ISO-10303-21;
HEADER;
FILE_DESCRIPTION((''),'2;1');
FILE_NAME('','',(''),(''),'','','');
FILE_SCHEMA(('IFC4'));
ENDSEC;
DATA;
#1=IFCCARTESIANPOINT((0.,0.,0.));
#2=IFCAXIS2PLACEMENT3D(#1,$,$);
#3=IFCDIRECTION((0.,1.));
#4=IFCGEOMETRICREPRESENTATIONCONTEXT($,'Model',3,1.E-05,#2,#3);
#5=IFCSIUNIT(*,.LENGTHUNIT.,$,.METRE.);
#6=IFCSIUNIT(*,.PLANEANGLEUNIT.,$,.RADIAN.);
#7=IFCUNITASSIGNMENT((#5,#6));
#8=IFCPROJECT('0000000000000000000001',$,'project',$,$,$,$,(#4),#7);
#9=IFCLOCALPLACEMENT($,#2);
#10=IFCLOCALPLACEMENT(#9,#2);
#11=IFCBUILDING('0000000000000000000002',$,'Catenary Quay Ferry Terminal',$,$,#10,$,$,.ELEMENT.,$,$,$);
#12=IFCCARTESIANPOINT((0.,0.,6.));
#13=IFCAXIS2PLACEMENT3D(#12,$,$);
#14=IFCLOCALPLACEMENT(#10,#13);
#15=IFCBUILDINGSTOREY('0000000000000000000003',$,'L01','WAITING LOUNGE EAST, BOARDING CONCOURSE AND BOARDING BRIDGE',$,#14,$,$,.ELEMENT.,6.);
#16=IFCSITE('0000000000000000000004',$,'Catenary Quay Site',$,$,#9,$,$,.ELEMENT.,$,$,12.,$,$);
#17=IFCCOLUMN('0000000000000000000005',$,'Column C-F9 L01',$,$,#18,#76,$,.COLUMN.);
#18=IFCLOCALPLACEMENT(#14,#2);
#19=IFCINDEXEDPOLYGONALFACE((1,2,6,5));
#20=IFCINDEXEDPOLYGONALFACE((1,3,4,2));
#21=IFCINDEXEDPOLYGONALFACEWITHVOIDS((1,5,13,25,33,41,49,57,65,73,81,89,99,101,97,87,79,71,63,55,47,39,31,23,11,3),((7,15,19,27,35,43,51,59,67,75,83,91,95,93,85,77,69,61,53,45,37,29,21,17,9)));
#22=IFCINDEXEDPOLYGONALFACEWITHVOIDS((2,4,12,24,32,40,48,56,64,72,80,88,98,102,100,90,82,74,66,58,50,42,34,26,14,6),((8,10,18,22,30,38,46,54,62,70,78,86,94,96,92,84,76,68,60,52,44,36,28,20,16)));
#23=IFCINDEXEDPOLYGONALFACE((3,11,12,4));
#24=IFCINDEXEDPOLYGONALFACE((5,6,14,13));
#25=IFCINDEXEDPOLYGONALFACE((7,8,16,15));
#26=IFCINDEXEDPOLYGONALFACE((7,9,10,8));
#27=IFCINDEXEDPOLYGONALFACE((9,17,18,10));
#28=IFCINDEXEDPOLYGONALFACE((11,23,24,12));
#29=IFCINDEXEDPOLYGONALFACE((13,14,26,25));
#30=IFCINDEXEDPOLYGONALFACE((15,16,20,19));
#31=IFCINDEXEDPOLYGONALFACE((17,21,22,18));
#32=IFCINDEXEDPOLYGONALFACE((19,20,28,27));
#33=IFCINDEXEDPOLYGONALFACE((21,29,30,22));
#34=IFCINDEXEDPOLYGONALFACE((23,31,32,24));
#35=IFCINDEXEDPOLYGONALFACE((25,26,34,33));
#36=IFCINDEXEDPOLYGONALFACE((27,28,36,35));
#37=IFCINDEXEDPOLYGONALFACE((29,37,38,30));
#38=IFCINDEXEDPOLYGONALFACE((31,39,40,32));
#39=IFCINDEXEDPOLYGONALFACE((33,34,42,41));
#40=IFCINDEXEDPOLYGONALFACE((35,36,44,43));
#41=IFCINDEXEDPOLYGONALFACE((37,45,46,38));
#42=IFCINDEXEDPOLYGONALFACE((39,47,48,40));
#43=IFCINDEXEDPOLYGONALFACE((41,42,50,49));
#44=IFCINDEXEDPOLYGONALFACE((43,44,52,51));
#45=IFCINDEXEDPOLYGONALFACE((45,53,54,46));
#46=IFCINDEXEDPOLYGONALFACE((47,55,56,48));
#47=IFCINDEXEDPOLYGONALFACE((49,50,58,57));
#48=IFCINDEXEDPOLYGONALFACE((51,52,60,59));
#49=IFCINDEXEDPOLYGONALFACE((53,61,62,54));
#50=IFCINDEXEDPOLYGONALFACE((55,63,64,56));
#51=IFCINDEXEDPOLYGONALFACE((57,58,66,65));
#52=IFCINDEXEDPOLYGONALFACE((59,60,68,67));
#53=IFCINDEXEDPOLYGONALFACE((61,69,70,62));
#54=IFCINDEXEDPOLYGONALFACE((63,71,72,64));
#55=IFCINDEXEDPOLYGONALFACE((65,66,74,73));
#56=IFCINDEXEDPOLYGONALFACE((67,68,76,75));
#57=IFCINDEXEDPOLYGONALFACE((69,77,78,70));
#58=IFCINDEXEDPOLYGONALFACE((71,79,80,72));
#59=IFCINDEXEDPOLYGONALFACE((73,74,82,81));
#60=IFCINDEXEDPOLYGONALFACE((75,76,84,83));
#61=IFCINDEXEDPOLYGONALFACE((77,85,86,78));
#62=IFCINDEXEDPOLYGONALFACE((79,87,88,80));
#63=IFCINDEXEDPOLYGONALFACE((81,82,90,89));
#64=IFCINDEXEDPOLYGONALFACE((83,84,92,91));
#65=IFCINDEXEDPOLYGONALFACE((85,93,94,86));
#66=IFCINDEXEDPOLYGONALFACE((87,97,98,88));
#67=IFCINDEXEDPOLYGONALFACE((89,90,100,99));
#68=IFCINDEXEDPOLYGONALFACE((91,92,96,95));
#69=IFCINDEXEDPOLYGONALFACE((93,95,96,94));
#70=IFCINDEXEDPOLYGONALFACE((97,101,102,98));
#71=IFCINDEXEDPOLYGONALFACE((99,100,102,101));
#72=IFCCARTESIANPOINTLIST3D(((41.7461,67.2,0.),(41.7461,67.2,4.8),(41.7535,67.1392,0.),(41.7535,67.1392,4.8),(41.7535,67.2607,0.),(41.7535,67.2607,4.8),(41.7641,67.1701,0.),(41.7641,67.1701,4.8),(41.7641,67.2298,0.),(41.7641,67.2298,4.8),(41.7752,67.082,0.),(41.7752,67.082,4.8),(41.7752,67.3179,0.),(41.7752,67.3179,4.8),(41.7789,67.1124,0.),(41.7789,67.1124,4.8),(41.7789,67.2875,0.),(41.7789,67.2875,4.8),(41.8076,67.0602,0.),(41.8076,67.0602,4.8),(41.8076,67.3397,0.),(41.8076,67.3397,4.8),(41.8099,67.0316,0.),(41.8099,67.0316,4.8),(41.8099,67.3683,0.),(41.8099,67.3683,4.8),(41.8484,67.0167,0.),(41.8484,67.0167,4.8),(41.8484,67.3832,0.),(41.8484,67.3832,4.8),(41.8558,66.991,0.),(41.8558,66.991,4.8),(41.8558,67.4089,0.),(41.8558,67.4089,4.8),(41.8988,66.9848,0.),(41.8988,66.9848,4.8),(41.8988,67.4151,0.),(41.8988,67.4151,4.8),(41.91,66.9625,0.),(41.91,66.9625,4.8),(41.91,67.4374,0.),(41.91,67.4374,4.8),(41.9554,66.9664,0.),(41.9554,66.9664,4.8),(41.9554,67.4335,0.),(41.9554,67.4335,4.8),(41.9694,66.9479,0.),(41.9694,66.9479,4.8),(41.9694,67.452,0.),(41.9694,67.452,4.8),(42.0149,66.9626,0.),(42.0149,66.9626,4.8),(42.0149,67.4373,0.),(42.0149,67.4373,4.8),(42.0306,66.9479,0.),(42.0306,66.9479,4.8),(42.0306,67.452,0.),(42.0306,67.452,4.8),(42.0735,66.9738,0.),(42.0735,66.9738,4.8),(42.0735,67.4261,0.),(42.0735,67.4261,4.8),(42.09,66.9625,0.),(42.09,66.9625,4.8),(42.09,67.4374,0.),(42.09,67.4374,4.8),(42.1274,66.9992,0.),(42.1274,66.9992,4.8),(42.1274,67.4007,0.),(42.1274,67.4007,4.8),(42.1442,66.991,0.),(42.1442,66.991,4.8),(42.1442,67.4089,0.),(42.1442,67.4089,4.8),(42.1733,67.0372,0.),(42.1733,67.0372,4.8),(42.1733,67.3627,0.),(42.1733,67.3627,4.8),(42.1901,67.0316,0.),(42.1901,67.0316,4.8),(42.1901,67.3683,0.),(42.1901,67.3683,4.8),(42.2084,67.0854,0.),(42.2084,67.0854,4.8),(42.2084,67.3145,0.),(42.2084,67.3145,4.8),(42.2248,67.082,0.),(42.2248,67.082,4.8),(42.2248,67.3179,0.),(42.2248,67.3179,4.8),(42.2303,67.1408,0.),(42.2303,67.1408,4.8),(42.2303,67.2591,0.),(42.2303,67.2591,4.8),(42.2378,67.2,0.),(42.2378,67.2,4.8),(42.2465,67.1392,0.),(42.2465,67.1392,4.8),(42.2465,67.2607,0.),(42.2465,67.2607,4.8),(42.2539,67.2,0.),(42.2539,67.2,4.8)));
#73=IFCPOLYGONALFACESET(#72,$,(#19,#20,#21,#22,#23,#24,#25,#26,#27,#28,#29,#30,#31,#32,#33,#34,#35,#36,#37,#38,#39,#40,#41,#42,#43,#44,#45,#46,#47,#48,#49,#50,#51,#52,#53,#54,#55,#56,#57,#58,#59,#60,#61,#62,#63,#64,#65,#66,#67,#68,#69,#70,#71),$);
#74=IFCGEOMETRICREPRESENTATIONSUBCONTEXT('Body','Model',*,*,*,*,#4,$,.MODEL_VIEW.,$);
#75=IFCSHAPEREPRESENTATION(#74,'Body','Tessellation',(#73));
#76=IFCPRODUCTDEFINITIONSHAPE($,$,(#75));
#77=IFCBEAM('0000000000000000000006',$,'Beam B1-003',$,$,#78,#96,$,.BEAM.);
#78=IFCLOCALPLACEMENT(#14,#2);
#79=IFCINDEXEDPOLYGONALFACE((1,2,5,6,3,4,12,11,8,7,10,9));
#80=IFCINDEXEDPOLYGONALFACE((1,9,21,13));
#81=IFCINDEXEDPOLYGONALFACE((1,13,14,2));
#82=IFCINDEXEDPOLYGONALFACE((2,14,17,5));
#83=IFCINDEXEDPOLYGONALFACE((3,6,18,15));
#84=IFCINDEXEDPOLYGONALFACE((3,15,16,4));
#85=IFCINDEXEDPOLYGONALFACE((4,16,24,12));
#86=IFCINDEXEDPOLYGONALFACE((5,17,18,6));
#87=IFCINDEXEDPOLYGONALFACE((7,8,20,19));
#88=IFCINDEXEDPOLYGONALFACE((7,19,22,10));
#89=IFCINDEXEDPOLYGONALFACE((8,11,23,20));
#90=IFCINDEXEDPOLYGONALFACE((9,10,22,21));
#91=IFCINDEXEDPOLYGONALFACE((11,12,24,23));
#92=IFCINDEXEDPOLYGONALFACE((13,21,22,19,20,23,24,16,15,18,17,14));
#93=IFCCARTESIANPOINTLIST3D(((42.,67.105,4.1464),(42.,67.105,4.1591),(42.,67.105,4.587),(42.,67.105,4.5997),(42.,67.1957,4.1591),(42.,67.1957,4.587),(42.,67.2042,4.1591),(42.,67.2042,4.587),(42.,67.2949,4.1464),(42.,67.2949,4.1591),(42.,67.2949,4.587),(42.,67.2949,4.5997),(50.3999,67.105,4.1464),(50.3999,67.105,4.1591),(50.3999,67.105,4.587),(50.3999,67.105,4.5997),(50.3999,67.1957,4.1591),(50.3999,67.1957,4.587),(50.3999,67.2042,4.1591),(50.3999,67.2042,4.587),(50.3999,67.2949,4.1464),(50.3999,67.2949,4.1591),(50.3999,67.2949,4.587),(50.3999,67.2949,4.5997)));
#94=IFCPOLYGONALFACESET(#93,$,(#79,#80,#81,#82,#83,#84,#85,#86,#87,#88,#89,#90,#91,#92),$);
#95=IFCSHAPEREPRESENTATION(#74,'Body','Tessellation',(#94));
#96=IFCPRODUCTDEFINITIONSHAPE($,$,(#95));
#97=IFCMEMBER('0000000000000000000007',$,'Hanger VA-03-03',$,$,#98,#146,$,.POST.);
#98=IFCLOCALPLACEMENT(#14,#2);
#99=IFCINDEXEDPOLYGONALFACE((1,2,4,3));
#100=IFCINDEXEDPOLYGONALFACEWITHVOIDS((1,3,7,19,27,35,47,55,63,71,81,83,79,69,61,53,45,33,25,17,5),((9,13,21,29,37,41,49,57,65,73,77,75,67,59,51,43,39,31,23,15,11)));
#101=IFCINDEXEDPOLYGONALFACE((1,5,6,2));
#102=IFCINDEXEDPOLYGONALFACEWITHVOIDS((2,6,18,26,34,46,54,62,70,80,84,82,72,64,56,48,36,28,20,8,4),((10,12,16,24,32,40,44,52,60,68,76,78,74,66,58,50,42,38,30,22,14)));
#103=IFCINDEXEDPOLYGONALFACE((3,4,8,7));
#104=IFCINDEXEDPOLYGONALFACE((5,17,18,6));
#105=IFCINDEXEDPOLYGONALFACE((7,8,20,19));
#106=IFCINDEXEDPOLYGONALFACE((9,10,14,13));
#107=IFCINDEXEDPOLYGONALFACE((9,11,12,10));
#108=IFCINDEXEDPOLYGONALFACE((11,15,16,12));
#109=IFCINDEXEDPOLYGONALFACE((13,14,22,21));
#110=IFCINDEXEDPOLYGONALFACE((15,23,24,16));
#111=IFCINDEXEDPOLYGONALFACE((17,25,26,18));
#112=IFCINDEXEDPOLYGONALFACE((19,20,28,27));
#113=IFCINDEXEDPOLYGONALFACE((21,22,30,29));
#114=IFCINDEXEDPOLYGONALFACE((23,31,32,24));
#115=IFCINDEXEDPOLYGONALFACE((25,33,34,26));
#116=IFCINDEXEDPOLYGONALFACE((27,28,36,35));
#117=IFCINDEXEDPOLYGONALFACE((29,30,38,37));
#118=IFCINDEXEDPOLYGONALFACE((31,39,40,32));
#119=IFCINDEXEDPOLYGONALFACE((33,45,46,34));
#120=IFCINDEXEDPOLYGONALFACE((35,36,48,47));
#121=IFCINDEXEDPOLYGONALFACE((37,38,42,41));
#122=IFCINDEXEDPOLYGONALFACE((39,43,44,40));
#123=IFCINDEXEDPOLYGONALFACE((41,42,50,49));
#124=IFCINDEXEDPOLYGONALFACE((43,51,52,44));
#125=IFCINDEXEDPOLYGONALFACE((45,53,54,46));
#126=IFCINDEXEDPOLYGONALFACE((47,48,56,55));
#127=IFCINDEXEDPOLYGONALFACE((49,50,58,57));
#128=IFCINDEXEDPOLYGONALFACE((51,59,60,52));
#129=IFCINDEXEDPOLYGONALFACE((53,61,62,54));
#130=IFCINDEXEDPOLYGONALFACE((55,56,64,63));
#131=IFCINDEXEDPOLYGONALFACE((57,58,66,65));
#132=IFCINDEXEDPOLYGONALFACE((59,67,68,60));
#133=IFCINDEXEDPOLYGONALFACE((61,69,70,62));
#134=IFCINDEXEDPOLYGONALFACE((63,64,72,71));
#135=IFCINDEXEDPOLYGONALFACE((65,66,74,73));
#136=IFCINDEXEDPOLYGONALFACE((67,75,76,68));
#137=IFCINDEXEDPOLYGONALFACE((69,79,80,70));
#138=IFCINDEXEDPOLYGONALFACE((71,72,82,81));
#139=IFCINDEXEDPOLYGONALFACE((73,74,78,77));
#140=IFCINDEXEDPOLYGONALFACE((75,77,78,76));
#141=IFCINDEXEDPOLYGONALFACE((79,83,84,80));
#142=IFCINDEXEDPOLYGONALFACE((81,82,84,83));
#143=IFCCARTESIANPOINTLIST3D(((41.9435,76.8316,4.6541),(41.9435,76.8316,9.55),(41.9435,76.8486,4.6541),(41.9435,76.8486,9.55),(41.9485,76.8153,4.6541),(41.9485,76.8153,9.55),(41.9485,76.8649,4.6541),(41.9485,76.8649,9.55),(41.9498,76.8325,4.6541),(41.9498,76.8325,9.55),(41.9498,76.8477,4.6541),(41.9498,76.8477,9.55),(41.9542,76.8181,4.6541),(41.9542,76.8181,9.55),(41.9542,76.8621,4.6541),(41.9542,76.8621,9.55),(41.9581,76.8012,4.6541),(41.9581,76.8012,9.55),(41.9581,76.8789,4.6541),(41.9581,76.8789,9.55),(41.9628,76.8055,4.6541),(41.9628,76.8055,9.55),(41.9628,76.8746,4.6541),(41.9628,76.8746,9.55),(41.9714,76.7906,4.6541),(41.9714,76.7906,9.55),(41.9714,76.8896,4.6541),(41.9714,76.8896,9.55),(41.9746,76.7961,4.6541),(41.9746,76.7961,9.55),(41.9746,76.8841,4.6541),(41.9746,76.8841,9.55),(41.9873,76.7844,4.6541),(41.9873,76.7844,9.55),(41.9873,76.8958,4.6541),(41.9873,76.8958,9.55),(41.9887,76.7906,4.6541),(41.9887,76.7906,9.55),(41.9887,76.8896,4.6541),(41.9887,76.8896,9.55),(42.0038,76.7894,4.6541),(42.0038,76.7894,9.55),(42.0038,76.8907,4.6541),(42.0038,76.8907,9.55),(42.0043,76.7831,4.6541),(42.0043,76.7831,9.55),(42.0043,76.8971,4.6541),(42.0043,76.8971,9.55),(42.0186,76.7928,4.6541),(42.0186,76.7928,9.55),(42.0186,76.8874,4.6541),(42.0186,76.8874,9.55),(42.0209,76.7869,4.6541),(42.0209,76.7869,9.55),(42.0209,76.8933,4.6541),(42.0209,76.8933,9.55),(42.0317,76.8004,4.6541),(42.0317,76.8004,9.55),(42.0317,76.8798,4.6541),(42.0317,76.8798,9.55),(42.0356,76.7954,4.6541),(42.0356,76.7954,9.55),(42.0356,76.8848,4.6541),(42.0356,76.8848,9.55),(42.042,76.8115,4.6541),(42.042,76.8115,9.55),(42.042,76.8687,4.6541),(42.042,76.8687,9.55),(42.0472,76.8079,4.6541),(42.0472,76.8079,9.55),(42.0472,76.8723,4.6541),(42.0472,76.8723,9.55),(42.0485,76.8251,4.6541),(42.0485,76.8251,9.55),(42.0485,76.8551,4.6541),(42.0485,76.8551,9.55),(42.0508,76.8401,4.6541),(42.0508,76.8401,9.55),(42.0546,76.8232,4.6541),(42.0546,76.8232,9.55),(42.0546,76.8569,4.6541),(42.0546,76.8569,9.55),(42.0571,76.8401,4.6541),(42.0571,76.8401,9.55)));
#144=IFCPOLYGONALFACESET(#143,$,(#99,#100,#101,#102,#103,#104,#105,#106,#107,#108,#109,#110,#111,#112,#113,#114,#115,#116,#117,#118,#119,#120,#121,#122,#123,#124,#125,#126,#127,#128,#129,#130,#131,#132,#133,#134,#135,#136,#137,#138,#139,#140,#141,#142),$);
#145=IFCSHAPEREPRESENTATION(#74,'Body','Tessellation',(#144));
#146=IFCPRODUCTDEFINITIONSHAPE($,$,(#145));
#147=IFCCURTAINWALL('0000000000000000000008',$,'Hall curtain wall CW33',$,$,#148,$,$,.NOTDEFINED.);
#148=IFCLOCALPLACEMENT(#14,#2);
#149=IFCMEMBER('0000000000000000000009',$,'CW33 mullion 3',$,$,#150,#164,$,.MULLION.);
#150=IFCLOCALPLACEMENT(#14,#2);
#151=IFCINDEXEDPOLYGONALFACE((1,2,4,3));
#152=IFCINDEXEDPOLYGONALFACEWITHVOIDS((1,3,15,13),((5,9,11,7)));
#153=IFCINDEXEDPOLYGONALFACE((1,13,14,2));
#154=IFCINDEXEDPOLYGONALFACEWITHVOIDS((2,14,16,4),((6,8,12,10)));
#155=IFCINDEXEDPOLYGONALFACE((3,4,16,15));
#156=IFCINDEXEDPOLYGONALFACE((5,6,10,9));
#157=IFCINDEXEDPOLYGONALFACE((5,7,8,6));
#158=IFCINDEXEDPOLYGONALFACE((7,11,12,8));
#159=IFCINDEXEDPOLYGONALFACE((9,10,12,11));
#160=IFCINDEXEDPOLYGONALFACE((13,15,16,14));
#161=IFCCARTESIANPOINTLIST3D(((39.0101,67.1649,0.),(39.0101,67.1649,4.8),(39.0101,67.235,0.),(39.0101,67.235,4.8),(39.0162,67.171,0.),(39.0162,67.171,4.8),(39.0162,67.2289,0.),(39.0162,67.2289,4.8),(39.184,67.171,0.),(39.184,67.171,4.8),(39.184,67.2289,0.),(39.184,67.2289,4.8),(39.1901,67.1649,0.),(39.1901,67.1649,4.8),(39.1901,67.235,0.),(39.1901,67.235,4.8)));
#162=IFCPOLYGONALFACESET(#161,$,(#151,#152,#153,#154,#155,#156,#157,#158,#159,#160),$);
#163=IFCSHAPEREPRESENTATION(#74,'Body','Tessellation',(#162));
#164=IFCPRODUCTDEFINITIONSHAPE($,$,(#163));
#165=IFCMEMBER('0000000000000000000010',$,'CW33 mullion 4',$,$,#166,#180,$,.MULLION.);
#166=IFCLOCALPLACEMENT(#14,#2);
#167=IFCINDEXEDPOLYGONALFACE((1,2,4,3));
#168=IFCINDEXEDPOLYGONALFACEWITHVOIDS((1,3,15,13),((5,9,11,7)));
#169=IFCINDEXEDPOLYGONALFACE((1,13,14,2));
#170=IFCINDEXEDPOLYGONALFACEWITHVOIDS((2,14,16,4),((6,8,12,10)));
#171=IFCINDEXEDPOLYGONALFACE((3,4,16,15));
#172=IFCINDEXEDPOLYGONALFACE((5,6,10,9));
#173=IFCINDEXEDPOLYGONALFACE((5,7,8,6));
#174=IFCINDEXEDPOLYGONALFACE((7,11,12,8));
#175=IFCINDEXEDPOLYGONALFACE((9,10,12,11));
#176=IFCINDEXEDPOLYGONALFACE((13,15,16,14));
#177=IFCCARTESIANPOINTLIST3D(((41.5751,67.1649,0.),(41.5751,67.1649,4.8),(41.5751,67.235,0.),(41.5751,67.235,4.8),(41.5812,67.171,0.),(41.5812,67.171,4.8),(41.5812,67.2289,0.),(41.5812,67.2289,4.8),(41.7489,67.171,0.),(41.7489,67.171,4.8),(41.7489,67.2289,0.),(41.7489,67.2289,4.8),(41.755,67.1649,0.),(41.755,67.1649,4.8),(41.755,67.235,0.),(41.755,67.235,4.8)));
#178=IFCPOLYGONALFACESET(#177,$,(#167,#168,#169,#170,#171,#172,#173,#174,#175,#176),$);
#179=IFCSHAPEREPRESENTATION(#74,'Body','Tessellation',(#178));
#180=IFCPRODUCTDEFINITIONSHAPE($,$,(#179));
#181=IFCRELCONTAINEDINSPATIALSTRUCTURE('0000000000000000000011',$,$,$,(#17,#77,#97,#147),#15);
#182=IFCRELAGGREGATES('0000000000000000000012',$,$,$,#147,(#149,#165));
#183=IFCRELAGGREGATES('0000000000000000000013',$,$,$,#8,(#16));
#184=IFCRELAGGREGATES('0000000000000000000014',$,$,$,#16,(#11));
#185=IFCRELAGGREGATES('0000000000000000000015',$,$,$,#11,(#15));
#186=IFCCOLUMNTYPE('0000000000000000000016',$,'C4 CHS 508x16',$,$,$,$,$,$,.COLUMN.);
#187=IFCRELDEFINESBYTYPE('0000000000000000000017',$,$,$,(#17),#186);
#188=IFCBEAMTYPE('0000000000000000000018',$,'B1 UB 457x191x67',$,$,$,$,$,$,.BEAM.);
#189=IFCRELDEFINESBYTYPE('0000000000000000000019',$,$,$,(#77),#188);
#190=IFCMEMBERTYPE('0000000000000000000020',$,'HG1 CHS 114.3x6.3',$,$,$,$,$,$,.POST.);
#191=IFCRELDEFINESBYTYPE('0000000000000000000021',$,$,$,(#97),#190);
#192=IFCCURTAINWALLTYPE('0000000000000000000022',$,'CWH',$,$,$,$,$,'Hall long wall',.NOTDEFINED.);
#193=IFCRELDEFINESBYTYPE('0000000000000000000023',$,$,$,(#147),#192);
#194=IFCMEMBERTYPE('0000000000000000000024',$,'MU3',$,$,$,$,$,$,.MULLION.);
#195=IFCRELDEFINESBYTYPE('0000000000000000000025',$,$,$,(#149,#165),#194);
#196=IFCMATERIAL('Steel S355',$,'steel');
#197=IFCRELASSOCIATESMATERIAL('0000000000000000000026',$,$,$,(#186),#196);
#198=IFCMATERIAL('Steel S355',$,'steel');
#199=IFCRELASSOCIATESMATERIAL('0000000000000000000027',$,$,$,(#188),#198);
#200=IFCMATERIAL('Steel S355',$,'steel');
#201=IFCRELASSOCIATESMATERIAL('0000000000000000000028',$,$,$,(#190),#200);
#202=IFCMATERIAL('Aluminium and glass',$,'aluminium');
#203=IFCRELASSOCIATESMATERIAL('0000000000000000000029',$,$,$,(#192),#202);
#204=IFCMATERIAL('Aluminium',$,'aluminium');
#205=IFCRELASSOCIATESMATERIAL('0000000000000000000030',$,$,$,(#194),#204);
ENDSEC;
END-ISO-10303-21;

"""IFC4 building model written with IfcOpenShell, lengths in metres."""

from ifc_helpers import new_model, si_unit, direction, frame, origin, origin_2d, place, context, subcontext, project, spatial, hollow_rectangle, hollow_circle, i_section, extrude, material, material_profile, profile_set, type_object, element, aggregate, save


model = new_model("IFC4")

# Units and contexts
model_context = context("Model", 3, precision=1e-05, world=origin(), true_north=direction((0.0, 1.0)))
body_context = subcontext(model_context, "Body", "Model", "MODEL_VIEW")
ifc_project = project(units=[si_unit("LENGTHUNIT", "METRE"), si_unit("PLANEANGLEUNIT", "RADIAN")], contexts=[model_context])

# Site, building, storey
site_placement = place(None, origin())
site = spatial("IfcSite", under=ifc_project, at=site_placement, Name="Catenary Quay Site", CompositionType="ELEMENT", RefElevation=12.0)
building_placement = place(site_placement, origin())
building = spatial("IfcBuilding", under=site, at=building_placement, Name="Catenary Quay Ferry Terminal", CompositionType="ELEMENT")
storey_placement = place(building_placement, frame((0.0, 0.0, 6.0)))
storey = spatial("IfcBuildingStorey", under=building, at=storey_placement, Name="L01", Description="WAITING LOUNGE EAST, BOARDING CONCOURSE AND BOARDING BRIDGE", CompositionType="ELEMENT", Elevation=6.0)

# Column
ifc_material_1 = material(Name="Steel S355", Category="steel")
ifc_material_profile_1 = material_profile(ifc_material_1, hollow_circle(Radius=0.2539, WallThickness=0.0161, at=origin_2d()), Name="CHS 508x16")
ifc_profile_set_1 = profile_set([ifc_material_profile_1], Name="Steel S355")
column_type = type_object("IfcColumnType", Name="C4 CHS 508x16", PredefinedType="COLUMN", material=ifc_profile_set_1)
column_placement = place(storey_placement, frame((42.0, 67.2, 0.0), z_axis=(0.0, 0.0, 1.0), x_axis=(1.0, 0.0, 0.0)))
element("IfcColumn", 1, at=column_placement, inside=storey, type_object=column_type, Name="Column C-F9 L01", PredefinedType="COLUMN", context=body_context, shape_type="SweptSolid", body=[
    extrude(hollow_circle(Radius=0.2539, WallThickness=0.0161, at=origin_2d()), origin(), (0.0, 0.0, 1.0), 4.8),
])

# Beam
ifc_material_2 = material(Name="Steel S355", Category="steel")
ifc_material_profile_2 = material_profile(ifc_material_2, i_section(OverallWidth=0.1899, OverallDepth=0.4534, WebThickness=0.0085, FlangeThickness=0.0127, at=origin_2d()), Name="UB 457x191x67")
ifc_profile_set_2 = profile_set([ifc_material_profile_2], Name="Steel S355")
beam_type_1 = type_object("IfcBeamType", Name="B1 UB 457x191x67", PredefinedType="BEAM", material=ifc_profile_set_2)
beam_1_placement = place(storey_placement, frame((42.0, 67.2, 4.373), z_axis=(1.0, 0.0, 0.0), x_axis=(0.0, 1.0, 0.0)))
element("IfcBeam", 2, at=beam_1_placement, inside=storey, type_object=beam_type_1, Name="Beam B1-003", PredefinedType="BEAM", context=body_context, shape_type="SweptSolid", body=[
    extrude(i_section(OverallWidth=0.1899, OverallDepth=0.4534, WebThickness=0.0085, FlangeThickness=0.0127, at=origin_2d()), origin(), (0.0, 0.0, 1.0), 8.3999),
])

# Member
ifc_material_3 = material(Name="Steel S355", Category="steel")
ifc_material_profile_3 = material_profile(ifc_material_3, hollow_circle(Radius=0.0571, WallThickness=0.0063, at=origin_2d()), Name="CHS 114.3x6.3")
ifc_profile_set_3 = profile_set([ifc_material_profile_3], Name="Steel S355")
member_type_1 = type_object("IfcMemberType", Name="HG1 CHS 114.3x6.3", PredefinedType="POST", material=ifc_profile_set_3)
member_1_placement = place(storey_placement, frame((42.0, 76.8401, 4.6541), z_axis=(0.0, 0.0, 1.0), x_axis=(1.0, 0.0, 0.0)))
element("IfcMember", 3, at=member_1_placement, inside=storey, type_object=member_type_1, Name="Hanger VA-03-03", PredefinedType="POST", context=body_context, shape_type="SweptSolid", body=[
    extrude(hollow_circle(Radius=0.0571, WallThickness=0.0063, at=origin_2d()), origin(), (0.0, 0.0, 1.0), 4.896),
])

# Curtain wall, members
ifc_material_4 = material(Name="Aluminium and glass", Category="aluminium")
curtain_wall_type = type_object("IfcCurtainWallType", Name="CWH", ElementType="Hall long wall", PredefinedType="NOTDEFINED", material=ifc_material_4)
curtain_wall_1_placement = place(storey_placement, origin())
curtain_wall_1 = element("IfcCurtainWall", 4, at=curtain_wall_1_placement, inside=storey, type_object=curtain_wall_type, Name="Hall curtain wall CW33", PredefinedType="NOTDEFINED")
ifc_material_5 = material(Name="Aluminium", Category="aluminium")
ifc_material_profile_4 = material_profile(ifc_material_5, hollow_rectangle(XDim=0.0701, YDim=0.1799, WallThickness=0.0061, at=origin_2d()), Name="MU3")
ifc_profile_set_4 = profile_set([ifc_material_profile_4], Name="Aluminium")
member_type_2 = type_object("IfcMemberType", Name="MU3", PredefinedType="MULLION", material=ifc_profile_set_4)
member_2_placement = place(storey_placement, frame((39.1001, 67.2, 0.0), z_axis=(0.0, 0.0, 1.0), x_axis=(0.0, 1.0, 0.0)))
member_2 = element("IfcMember", 5, at=member_2_placement, type_object=member_type_2, Name="CW33 mullion 3", PredefinedType="MULLION", context=body_context, shape_type="SweptSolid", body=[
    extrude(hollow_rectangle(XDim=0.0701, YDim=0.1799, WallThickness=0.0061, at=origin_2d()), origin(), (0.0, 0.0, 1.0), 4.8),
])
member_3_placement = place(storey_placement, frame((41.665, 67.2, 0.0), z_axis=(0.0, 0.0, 1.0), x_axis=(0.0, 1.0, 0.0)))
member_3 = element("IfcMember", 6, at=member_3_placement, type_object=member_type_2, Name="CW33 mullion 4", PredefinedType="MULLION", context=body_context, shape_type="SweptSolid", body=[
    extrude(hollow_rectangle(XDim=0.0701, YDim=0.1799, WallThickness=0.0061, at=origin_2d()), origin(), (0.0, 0.0, 1.0), 4.8),
])

aggregate(curtain_wall_1, [member_2, member_3])

save(model, "model.ifc")
